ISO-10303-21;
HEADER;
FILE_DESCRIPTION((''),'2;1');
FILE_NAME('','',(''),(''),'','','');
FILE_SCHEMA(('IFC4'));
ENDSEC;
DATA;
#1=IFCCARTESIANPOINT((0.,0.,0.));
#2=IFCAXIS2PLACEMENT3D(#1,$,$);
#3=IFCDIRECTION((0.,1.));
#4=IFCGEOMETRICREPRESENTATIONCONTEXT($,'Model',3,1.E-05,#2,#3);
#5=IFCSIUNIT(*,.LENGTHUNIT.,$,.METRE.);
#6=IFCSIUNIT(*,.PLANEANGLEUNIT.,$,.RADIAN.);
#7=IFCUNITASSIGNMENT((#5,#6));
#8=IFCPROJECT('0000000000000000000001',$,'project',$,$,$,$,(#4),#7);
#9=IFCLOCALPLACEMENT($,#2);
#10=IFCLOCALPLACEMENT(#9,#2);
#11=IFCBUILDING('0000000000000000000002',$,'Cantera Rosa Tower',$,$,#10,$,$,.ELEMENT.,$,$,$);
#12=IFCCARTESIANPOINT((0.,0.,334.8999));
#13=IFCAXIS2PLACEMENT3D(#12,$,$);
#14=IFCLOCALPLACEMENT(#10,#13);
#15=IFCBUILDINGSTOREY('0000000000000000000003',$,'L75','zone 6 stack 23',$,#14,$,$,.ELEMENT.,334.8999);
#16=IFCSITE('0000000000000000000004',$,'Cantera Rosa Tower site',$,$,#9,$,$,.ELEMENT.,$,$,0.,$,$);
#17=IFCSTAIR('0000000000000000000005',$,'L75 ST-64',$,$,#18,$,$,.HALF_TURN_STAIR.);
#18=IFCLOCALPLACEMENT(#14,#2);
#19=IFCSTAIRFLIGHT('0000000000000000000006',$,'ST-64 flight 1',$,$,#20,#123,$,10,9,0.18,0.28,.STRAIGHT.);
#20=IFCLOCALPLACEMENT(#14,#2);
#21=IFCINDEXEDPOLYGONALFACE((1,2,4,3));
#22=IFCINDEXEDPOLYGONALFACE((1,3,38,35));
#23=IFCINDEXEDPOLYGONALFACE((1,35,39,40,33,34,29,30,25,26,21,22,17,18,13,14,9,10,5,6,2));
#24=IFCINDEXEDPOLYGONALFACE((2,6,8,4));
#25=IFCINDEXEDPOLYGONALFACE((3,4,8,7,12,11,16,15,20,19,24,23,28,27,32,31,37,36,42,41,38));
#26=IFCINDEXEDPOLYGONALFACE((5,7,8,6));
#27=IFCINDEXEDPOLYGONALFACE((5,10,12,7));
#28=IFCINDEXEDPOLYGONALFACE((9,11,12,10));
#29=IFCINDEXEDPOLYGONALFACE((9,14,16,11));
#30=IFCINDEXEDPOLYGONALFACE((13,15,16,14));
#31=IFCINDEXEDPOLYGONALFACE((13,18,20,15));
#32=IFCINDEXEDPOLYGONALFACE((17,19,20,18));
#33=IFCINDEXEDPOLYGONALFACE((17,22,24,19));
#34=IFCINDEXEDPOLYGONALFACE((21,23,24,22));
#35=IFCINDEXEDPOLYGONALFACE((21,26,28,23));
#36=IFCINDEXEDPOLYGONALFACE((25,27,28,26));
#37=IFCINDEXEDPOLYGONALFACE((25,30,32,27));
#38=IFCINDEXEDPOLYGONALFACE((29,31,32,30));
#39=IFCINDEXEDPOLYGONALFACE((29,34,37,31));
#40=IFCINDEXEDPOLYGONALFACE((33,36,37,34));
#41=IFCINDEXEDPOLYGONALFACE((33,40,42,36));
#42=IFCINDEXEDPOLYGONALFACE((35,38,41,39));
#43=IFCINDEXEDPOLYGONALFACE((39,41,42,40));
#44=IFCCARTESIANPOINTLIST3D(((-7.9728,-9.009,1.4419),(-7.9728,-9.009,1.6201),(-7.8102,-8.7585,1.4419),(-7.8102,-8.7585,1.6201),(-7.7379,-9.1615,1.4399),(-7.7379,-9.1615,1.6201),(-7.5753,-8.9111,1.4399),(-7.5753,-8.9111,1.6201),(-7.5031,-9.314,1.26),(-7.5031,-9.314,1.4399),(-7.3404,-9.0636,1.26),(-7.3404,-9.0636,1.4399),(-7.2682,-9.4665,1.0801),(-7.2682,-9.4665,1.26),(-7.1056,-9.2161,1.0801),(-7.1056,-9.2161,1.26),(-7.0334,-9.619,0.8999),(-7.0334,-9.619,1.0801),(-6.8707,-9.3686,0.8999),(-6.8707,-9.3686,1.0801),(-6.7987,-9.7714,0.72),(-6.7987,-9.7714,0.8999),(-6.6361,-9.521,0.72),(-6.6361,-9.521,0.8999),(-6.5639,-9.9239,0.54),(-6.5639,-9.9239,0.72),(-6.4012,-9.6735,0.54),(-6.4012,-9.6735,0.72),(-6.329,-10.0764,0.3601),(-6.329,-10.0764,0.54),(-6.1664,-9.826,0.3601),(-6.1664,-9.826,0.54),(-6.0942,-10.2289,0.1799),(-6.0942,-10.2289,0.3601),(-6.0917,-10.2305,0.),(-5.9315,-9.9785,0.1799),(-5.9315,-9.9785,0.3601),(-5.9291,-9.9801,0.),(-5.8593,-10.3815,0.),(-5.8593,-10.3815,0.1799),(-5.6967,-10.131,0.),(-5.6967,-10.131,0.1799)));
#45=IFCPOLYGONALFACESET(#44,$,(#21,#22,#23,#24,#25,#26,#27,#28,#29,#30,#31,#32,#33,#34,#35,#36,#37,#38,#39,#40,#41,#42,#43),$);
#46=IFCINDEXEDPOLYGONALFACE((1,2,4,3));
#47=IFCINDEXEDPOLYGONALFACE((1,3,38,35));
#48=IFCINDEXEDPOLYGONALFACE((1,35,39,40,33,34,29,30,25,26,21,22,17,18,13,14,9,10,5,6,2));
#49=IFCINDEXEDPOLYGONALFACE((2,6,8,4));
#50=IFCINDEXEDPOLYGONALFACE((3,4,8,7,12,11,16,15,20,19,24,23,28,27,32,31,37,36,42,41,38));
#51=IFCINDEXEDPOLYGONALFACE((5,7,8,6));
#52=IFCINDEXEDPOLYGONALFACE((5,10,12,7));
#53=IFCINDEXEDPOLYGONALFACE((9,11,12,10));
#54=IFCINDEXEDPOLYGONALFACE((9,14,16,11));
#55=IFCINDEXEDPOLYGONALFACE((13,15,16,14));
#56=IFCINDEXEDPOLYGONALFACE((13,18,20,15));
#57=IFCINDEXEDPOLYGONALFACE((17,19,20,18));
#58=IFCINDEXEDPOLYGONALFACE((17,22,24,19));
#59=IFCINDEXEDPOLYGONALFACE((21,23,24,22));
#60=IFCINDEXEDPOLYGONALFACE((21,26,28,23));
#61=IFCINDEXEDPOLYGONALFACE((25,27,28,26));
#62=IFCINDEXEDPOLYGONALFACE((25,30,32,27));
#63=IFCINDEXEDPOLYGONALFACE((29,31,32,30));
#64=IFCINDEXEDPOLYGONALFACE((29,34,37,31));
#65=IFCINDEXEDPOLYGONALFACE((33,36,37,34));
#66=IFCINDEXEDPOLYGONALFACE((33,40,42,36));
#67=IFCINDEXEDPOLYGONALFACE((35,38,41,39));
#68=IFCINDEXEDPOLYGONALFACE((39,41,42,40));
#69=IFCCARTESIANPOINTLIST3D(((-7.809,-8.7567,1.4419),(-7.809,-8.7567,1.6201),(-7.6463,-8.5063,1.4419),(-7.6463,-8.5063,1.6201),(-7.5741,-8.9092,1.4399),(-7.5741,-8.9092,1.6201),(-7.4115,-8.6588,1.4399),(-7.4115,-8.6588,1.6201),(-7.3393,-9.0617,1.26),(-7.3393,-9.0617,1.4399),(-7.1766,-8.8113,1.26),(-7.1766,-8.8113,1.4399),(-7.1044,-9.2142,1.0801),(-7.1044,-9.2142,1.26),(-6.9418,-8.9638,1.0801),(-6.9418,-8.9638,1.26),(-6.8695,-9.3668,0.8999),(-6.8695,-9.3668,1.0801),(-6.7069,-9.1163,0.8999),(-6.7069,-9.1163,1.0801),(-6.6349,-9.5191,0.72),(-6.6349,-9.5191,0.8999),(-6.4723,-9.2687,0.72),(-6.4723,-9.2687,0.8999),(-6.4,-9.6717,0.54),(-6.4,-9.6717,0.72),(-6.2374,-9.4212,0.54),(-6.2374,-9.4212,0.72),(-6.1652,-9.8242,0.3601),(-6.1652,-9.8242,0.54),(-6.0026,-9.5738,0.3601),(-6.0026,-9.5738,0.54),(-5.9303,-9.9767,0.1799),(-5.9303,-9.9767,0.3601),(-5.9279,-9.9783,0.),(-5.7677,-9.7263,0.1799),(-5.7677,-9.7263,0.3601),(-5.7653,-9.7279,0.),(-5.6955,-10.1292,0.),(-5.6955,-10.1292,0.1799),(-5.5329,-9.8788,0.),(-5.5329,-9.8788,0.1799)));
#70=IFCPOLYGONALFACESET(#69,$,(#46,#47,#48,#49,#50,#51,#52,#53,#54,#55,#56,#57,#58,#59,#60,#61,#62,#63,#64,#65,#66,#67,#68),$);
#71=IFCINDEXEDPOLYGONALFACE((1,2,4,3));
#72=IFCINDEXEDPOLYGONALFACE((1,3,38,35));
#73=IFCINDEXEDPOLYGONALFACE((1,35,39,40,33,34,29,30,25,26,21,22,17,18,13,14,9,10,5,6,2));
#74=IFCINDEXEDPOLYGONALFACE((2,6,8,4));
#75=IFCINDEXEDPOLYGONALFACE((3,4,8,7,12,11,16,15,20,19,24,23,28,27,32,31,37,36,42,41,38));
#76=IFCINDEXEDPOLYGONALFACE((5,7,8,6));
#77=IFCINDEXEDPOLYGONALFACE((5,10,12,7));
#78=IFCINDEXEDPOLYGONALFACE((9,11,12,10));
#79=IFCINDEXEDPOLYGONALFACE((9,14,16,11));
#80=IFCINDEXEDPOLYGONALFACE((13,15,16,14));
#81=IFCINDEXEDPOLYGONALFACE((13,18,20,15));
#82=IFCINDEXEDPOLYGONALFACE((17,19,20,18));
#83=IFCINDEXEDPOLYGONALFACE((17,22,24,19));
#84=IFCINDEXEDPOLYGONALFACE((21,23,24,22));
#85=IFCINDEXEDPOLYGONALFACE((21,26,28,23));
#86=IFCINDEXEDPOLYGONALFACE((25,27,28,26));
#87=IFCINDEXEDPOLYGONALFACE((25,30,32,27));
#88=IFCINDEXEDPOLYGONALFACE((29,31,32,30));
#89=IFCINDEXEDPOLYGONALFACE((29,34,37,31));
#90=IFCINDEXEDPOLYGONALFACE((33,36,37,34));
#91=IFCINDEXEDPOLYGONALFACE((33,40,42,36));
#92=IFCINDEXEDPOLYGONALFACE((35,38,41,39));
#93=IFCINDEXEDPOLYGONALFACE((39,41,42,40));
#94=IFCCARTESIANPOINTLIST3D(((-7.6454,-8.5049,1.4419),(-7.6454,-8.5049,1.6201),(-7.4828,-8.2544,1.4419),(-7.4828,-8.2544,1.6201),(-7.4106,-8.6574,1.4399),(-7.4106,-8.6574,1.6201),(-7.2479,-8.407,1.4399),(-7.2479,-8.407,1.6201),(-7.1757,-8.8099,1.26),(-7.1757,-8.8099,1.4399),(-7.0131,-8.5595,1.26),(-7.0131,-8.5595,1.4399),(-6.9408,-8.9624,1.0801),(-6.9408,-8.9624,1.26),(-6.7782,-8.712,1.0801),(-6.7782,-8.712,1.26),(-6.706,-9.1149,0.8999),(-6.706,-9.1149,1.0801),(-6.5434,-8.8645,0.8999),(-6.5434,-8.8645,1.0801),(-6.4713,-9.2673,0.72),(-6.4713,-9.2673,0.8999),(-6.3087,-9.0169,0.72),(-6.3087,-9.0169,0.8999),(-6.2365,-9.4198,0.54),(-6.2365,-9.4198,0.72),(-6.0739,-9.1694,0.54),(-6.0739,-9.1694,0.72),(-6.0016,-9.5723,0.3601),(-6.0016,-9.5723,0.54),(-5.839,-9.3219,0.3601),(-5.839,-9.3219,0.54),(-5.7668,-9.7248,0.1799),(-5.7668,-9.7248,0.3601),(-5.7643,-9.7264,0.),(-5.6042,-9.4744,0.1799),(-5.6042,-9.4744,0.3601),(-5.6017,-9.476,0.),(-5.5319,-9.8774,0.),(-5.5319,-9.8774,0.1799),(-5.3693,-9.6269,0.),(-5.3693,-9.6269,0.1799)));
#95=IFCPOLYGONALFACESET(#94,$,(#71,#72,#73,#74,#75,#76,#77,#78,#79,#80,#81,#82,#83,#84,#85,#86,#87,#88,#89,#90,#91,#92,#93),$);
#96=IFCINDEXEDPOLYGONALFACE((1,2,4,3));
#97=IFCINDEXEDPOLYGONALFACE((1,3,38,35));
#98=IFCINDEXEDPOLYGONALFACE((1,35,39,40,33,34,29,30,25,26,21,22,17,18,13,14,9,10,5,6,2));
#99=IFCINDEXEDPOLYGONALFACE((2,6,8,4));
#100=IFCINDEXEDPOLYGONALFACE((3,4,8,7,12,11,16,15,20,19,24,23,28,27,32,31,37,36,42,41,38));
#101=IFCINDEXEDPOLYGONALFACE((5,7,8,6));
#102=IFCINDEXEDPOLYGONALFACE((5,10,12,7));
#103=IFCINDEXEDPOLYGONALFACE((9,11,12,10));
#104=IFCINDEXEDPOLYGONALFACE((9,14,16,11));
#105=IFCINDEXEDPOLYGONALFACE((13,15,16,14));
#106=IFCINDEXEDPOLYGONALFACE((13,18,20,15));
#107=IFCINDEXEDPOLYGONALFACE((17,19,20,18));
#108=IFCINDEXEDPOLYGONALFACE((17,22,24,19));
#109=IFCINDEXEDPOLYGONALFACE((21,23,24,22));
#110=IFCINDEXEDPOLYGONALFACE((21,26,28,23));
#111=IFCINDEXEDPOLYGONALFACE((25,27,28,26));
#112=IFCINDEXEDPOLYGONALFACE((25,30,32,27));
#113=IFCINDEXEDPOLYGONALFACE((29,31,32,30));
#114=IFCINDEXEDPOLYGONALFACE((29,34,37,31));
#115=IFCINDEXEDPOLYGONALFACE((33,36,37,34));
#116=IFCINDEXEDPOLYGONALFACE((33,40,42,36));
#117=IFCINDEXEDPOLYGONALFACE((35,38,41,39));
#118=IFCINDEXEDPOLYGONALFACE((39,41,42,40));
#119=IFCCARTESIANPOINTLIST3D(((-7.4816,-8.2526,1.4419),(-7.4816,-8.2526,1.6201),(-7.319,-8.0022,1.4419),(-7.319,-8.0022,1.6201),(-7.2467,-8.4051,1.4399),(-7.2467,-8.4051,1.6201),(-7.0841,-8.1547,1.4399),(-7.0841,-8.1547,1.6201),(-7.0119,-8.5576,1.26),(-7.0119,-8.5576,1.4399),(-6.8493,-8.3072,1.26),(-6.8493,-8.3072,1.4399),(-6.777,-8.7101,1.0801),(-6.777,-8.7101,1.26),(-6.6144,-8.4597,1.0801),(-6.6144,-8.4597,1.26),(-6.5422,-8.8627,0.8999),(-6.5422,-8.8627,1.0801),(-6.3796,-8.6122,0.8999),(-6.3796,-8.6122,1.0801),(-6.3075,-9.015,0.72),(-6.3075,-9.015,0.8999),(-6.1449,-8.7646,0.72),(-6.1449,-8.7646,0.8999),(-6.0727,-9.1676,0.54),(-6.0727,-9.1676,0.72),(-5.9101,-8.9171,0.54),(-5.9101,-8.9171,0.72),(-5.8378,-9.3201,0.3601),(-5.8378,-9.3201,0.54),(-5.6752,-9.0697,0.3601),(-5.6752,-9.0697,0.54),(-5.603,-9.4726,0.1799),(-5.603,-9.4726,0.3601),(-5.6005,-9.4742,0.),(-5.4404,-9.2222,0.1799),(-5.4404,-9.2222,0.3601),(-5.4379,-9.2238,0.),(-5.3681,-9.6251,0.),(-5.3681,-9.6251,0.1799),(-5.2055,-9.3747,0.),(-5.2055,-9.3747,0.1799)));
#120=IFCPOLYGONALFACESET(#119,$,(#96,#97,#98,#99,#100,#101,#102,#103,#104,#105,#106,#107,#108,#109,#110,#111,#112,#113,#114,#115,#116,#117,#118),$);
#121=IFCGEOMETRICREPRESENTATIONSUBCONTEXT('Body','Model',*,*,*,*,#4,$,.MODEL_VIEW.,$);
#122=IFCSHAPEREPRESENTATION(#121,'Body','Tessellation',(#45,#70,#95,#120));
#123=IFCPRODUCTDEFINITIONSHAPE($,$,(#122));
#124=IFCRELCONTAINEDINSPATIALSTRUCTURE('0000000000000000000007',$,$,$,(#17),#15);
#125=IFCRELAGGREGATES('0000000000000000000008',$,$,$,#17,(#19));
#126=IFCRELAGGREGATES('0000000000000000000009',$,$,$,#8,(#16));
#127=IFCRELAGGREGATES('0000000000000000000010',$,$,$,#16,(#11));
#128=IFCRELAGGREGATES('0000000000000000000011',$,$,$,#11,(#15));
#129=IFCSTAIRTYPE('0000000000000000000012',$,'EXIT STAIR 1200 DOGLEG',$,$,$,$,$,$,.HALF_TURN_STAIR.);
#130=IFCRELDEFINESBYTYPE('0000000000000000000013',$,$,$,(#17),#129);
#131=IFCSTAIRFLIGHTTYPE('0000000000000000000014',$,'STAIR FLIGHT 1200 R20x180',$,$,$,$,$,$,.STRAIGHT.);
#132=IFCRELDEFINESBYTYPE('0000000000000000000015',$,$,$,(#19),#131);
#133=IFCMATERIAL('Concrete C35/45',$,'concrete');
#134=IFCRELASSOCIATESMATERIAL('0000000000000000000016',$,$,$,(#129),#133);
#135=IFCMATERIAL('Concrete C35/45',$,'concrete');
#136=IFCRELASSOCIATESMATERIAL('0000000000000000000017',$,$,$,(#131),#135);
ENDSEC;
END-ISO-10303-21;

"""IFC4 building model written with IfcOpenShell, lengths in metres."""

from ifc_helpers import new_model, si_unit, direction, frame, origin, place, context, subcontext, project, spatial, polyline, outline, extrude, material, type_object, element, aggregate, save


model = new_model("IFC4")

# Units and contexts
model_context = context("Model", 3, precision=1e-05, world=origin(), true_north=direction((0.0, 1.0)))
body_context = subcontext(model_context, "Body", "Model", "MODEL_VIEW")
ifc_project = project(units=[si_unit("LENGTHUNIT", "METRE"), si_unit("PLANEANGLEUNIT", "RADIAN")], contexts=[model_context])

# Site, building, storey
site_placement = place(None, origin())
site = spatial("IfcSite", under=ifc_project, at=site_placement, Name="Cantera Rosa Tower site", CompositionType="ELEMENT", RefElevation=0.0)
building_placement = place(site_placement, origin())
building = spatial("IfcBuilding", under=site, at=building_placement, Name="Cantera Rosa Tower", CompositionType="ELEMENT")
storey_placement = place(building_placement, frame((0.0, 0.0, 334.8999)))
storey = spatial("IfcBuildingStorey", under=building, at=storey_placement, Name="L75", Description="zone 6 stack 23", CompositionType="ELEMENT", Elevation=334.8999)

# Stair, stair flight
ifc_material_1 = material(Name="Concrete C35/45", Category="concrete")
stair_type = type_object("IfcStairType", Name="EXIT STAIR 1200 DOGLEG", PredefinedType="HALF_TURN_STAIR", material=ifc_material_1)
stair_placement = place(storey_placement, origin())
stair = element("IfcStair", 1, at=stair_placement, inside=storey, type_object=stair_type, Name="L75 ST-64", PredefinedType="HALF_TURN_STAIR")
ifc_material_2 = material(Name="Concrete C35/45", Category="concrete")
stair_flight_type = type_object("IfcStairFlightType", Name="STAIR FLIGHT 1200 R20x180", PredefinedType="STRAIGHT", material=ifc_material_2)
stair_flight_1_placement = place(storey_placement, frame((-5.5325, -9.8782, 0.0), z_axis=(0.0, 0.0, 1.0), x_axis=(-0.838671, 0.544639, 0.0)))
stair_flight_1 = element("IfcStairFlight", 2, at=stair_flight_1_placement, type_object=stair_flight_type, Name="ST-64 flight 1", NumberOfRisers=10, NumberOfTreads=9, PredefinedType="STRAIGHT", RiserHeight=0.18, TreadLength=0.28, context=body_context, shape_type="SweptSolid", body=[
    extrude(outline(polyline([(0.0, 0.0), (0.0, 0.1799), (0.28, 0.1799), (0.28, 0.3601), (0.5601, 0.3601), (0.5601, 0.54), (0.8401, 0.54), (0.8401, 0.72), (1.1201, 0.72), (1.1201, 0.8999), (1.3999, 0.8999), (1.3999, 1.0801), (1.6799, 1.0801), (1.6799, 1.26), (1.96, 1.26), (1.96, 1.4399), (2.24, 1.4399), (2.24, 1.6201), (2.52, 1.6201), (2.52, 1.8), (2.52, 1.4419), (0.2771, 0.0), (0.0, 0.0)])), frame((0.0, 0.6001, 0.0), z_axis=(0.0, -1.0, 0.0), x_axis=(1.0, 0.0, 0.0)), (0.0, 0.0, 1.0), 0.2986),
    extrude(outline(polyline([(0.0, 0.0), (0.0, 0.1799), (0.28, 0.1799), (0.28, 0.3601), (0.5601, 0.3601), (0.5601, 0.54), (0.8401, 0.54), (0.8401, 0.72), (1.1201, 0.72), (1.1201, 0.8999), (1.3999, 0.8999), (1.3999, 1.0801), (1.6799, 1.0801), (1.6799, 1.26), (1.96, 1.26), (1.96, 1.4399), (2.24, 1.4399), (2.24, 1.6201), (2.52, 1.6201), (2.52, 1.8), (2.52, 1.4419), (0.2771, 0.0), (0.0, 0.0)])), frame((0.0, 0.2993, 0.0), z_axis=(0.0, -1.0, 0.0), x_axis=(1.0, 0.0, 0.0)), (0.0, 0.0, 1.0), 0.2986),
    extrude(outline(polyline([(0.0, 0.0), (0.0, 0.1799), (0.28, 0.1799), (0.28, 0.3601), (0.5601, 0.3601), (0.5601, 0.54), (0.8401, 0.54), (0.8401, 0.72), (1.1201, 0.72), (1.1201, 0.8999), (1.3999, 0.8999), (1.3999, 1.0801), (1.6799, 1.0801), (1.6799, 1.26), (1.96, 1.26), (1.96, 1.4399), (2.24, 1.4399), (2.24, 1.6201), (2.52, 1.6201), (2.52, 1.8), (2.52, 1.4419), (0.2771, 0.0), (0.0, 0.0)])), frame((0.0, -0.001, 0.0), z_axis=(0.0, -1.0, 0.0), x_axis=(1.0, 0.0, 0.0)), (0.0, 0.0, 1.0), 0.2986),
    extrude(outline(polyline([(0.0, 0.0), (0.0, 0.1799), (0.28, 0.1799), (0.28, 0.3601), (0.5601, 0.3601), (0.5601, 0.54), (0.8401, 0.54), (0.8401, 0.72), (1.1201, 0.72), (1.1201, 0.8999), (1.3999, 0.8999), (1.3999, 1.0801), (1.6799, 1.0801), (1.6799, 1.26), (1.96, 1.26), (1.96, 1.4399), (2.24, 1.4399), (2.24, 1.6201), (2.52, 1.6201), (2.52, 1.8), (2.52, 1.4419), (0.2771, 0.0), (0.0, 0.0)])), frame((0.0, -0.3018, 0.0), z_axis=(0.0, -1.0, 0.0), x_axis=(1.0, 0.0, 0.0)), (0.0, 0.0, 1.0), 0.2986),
])
aggregate(stair, [stair_flight_1])

save(model, "model.ifc")
